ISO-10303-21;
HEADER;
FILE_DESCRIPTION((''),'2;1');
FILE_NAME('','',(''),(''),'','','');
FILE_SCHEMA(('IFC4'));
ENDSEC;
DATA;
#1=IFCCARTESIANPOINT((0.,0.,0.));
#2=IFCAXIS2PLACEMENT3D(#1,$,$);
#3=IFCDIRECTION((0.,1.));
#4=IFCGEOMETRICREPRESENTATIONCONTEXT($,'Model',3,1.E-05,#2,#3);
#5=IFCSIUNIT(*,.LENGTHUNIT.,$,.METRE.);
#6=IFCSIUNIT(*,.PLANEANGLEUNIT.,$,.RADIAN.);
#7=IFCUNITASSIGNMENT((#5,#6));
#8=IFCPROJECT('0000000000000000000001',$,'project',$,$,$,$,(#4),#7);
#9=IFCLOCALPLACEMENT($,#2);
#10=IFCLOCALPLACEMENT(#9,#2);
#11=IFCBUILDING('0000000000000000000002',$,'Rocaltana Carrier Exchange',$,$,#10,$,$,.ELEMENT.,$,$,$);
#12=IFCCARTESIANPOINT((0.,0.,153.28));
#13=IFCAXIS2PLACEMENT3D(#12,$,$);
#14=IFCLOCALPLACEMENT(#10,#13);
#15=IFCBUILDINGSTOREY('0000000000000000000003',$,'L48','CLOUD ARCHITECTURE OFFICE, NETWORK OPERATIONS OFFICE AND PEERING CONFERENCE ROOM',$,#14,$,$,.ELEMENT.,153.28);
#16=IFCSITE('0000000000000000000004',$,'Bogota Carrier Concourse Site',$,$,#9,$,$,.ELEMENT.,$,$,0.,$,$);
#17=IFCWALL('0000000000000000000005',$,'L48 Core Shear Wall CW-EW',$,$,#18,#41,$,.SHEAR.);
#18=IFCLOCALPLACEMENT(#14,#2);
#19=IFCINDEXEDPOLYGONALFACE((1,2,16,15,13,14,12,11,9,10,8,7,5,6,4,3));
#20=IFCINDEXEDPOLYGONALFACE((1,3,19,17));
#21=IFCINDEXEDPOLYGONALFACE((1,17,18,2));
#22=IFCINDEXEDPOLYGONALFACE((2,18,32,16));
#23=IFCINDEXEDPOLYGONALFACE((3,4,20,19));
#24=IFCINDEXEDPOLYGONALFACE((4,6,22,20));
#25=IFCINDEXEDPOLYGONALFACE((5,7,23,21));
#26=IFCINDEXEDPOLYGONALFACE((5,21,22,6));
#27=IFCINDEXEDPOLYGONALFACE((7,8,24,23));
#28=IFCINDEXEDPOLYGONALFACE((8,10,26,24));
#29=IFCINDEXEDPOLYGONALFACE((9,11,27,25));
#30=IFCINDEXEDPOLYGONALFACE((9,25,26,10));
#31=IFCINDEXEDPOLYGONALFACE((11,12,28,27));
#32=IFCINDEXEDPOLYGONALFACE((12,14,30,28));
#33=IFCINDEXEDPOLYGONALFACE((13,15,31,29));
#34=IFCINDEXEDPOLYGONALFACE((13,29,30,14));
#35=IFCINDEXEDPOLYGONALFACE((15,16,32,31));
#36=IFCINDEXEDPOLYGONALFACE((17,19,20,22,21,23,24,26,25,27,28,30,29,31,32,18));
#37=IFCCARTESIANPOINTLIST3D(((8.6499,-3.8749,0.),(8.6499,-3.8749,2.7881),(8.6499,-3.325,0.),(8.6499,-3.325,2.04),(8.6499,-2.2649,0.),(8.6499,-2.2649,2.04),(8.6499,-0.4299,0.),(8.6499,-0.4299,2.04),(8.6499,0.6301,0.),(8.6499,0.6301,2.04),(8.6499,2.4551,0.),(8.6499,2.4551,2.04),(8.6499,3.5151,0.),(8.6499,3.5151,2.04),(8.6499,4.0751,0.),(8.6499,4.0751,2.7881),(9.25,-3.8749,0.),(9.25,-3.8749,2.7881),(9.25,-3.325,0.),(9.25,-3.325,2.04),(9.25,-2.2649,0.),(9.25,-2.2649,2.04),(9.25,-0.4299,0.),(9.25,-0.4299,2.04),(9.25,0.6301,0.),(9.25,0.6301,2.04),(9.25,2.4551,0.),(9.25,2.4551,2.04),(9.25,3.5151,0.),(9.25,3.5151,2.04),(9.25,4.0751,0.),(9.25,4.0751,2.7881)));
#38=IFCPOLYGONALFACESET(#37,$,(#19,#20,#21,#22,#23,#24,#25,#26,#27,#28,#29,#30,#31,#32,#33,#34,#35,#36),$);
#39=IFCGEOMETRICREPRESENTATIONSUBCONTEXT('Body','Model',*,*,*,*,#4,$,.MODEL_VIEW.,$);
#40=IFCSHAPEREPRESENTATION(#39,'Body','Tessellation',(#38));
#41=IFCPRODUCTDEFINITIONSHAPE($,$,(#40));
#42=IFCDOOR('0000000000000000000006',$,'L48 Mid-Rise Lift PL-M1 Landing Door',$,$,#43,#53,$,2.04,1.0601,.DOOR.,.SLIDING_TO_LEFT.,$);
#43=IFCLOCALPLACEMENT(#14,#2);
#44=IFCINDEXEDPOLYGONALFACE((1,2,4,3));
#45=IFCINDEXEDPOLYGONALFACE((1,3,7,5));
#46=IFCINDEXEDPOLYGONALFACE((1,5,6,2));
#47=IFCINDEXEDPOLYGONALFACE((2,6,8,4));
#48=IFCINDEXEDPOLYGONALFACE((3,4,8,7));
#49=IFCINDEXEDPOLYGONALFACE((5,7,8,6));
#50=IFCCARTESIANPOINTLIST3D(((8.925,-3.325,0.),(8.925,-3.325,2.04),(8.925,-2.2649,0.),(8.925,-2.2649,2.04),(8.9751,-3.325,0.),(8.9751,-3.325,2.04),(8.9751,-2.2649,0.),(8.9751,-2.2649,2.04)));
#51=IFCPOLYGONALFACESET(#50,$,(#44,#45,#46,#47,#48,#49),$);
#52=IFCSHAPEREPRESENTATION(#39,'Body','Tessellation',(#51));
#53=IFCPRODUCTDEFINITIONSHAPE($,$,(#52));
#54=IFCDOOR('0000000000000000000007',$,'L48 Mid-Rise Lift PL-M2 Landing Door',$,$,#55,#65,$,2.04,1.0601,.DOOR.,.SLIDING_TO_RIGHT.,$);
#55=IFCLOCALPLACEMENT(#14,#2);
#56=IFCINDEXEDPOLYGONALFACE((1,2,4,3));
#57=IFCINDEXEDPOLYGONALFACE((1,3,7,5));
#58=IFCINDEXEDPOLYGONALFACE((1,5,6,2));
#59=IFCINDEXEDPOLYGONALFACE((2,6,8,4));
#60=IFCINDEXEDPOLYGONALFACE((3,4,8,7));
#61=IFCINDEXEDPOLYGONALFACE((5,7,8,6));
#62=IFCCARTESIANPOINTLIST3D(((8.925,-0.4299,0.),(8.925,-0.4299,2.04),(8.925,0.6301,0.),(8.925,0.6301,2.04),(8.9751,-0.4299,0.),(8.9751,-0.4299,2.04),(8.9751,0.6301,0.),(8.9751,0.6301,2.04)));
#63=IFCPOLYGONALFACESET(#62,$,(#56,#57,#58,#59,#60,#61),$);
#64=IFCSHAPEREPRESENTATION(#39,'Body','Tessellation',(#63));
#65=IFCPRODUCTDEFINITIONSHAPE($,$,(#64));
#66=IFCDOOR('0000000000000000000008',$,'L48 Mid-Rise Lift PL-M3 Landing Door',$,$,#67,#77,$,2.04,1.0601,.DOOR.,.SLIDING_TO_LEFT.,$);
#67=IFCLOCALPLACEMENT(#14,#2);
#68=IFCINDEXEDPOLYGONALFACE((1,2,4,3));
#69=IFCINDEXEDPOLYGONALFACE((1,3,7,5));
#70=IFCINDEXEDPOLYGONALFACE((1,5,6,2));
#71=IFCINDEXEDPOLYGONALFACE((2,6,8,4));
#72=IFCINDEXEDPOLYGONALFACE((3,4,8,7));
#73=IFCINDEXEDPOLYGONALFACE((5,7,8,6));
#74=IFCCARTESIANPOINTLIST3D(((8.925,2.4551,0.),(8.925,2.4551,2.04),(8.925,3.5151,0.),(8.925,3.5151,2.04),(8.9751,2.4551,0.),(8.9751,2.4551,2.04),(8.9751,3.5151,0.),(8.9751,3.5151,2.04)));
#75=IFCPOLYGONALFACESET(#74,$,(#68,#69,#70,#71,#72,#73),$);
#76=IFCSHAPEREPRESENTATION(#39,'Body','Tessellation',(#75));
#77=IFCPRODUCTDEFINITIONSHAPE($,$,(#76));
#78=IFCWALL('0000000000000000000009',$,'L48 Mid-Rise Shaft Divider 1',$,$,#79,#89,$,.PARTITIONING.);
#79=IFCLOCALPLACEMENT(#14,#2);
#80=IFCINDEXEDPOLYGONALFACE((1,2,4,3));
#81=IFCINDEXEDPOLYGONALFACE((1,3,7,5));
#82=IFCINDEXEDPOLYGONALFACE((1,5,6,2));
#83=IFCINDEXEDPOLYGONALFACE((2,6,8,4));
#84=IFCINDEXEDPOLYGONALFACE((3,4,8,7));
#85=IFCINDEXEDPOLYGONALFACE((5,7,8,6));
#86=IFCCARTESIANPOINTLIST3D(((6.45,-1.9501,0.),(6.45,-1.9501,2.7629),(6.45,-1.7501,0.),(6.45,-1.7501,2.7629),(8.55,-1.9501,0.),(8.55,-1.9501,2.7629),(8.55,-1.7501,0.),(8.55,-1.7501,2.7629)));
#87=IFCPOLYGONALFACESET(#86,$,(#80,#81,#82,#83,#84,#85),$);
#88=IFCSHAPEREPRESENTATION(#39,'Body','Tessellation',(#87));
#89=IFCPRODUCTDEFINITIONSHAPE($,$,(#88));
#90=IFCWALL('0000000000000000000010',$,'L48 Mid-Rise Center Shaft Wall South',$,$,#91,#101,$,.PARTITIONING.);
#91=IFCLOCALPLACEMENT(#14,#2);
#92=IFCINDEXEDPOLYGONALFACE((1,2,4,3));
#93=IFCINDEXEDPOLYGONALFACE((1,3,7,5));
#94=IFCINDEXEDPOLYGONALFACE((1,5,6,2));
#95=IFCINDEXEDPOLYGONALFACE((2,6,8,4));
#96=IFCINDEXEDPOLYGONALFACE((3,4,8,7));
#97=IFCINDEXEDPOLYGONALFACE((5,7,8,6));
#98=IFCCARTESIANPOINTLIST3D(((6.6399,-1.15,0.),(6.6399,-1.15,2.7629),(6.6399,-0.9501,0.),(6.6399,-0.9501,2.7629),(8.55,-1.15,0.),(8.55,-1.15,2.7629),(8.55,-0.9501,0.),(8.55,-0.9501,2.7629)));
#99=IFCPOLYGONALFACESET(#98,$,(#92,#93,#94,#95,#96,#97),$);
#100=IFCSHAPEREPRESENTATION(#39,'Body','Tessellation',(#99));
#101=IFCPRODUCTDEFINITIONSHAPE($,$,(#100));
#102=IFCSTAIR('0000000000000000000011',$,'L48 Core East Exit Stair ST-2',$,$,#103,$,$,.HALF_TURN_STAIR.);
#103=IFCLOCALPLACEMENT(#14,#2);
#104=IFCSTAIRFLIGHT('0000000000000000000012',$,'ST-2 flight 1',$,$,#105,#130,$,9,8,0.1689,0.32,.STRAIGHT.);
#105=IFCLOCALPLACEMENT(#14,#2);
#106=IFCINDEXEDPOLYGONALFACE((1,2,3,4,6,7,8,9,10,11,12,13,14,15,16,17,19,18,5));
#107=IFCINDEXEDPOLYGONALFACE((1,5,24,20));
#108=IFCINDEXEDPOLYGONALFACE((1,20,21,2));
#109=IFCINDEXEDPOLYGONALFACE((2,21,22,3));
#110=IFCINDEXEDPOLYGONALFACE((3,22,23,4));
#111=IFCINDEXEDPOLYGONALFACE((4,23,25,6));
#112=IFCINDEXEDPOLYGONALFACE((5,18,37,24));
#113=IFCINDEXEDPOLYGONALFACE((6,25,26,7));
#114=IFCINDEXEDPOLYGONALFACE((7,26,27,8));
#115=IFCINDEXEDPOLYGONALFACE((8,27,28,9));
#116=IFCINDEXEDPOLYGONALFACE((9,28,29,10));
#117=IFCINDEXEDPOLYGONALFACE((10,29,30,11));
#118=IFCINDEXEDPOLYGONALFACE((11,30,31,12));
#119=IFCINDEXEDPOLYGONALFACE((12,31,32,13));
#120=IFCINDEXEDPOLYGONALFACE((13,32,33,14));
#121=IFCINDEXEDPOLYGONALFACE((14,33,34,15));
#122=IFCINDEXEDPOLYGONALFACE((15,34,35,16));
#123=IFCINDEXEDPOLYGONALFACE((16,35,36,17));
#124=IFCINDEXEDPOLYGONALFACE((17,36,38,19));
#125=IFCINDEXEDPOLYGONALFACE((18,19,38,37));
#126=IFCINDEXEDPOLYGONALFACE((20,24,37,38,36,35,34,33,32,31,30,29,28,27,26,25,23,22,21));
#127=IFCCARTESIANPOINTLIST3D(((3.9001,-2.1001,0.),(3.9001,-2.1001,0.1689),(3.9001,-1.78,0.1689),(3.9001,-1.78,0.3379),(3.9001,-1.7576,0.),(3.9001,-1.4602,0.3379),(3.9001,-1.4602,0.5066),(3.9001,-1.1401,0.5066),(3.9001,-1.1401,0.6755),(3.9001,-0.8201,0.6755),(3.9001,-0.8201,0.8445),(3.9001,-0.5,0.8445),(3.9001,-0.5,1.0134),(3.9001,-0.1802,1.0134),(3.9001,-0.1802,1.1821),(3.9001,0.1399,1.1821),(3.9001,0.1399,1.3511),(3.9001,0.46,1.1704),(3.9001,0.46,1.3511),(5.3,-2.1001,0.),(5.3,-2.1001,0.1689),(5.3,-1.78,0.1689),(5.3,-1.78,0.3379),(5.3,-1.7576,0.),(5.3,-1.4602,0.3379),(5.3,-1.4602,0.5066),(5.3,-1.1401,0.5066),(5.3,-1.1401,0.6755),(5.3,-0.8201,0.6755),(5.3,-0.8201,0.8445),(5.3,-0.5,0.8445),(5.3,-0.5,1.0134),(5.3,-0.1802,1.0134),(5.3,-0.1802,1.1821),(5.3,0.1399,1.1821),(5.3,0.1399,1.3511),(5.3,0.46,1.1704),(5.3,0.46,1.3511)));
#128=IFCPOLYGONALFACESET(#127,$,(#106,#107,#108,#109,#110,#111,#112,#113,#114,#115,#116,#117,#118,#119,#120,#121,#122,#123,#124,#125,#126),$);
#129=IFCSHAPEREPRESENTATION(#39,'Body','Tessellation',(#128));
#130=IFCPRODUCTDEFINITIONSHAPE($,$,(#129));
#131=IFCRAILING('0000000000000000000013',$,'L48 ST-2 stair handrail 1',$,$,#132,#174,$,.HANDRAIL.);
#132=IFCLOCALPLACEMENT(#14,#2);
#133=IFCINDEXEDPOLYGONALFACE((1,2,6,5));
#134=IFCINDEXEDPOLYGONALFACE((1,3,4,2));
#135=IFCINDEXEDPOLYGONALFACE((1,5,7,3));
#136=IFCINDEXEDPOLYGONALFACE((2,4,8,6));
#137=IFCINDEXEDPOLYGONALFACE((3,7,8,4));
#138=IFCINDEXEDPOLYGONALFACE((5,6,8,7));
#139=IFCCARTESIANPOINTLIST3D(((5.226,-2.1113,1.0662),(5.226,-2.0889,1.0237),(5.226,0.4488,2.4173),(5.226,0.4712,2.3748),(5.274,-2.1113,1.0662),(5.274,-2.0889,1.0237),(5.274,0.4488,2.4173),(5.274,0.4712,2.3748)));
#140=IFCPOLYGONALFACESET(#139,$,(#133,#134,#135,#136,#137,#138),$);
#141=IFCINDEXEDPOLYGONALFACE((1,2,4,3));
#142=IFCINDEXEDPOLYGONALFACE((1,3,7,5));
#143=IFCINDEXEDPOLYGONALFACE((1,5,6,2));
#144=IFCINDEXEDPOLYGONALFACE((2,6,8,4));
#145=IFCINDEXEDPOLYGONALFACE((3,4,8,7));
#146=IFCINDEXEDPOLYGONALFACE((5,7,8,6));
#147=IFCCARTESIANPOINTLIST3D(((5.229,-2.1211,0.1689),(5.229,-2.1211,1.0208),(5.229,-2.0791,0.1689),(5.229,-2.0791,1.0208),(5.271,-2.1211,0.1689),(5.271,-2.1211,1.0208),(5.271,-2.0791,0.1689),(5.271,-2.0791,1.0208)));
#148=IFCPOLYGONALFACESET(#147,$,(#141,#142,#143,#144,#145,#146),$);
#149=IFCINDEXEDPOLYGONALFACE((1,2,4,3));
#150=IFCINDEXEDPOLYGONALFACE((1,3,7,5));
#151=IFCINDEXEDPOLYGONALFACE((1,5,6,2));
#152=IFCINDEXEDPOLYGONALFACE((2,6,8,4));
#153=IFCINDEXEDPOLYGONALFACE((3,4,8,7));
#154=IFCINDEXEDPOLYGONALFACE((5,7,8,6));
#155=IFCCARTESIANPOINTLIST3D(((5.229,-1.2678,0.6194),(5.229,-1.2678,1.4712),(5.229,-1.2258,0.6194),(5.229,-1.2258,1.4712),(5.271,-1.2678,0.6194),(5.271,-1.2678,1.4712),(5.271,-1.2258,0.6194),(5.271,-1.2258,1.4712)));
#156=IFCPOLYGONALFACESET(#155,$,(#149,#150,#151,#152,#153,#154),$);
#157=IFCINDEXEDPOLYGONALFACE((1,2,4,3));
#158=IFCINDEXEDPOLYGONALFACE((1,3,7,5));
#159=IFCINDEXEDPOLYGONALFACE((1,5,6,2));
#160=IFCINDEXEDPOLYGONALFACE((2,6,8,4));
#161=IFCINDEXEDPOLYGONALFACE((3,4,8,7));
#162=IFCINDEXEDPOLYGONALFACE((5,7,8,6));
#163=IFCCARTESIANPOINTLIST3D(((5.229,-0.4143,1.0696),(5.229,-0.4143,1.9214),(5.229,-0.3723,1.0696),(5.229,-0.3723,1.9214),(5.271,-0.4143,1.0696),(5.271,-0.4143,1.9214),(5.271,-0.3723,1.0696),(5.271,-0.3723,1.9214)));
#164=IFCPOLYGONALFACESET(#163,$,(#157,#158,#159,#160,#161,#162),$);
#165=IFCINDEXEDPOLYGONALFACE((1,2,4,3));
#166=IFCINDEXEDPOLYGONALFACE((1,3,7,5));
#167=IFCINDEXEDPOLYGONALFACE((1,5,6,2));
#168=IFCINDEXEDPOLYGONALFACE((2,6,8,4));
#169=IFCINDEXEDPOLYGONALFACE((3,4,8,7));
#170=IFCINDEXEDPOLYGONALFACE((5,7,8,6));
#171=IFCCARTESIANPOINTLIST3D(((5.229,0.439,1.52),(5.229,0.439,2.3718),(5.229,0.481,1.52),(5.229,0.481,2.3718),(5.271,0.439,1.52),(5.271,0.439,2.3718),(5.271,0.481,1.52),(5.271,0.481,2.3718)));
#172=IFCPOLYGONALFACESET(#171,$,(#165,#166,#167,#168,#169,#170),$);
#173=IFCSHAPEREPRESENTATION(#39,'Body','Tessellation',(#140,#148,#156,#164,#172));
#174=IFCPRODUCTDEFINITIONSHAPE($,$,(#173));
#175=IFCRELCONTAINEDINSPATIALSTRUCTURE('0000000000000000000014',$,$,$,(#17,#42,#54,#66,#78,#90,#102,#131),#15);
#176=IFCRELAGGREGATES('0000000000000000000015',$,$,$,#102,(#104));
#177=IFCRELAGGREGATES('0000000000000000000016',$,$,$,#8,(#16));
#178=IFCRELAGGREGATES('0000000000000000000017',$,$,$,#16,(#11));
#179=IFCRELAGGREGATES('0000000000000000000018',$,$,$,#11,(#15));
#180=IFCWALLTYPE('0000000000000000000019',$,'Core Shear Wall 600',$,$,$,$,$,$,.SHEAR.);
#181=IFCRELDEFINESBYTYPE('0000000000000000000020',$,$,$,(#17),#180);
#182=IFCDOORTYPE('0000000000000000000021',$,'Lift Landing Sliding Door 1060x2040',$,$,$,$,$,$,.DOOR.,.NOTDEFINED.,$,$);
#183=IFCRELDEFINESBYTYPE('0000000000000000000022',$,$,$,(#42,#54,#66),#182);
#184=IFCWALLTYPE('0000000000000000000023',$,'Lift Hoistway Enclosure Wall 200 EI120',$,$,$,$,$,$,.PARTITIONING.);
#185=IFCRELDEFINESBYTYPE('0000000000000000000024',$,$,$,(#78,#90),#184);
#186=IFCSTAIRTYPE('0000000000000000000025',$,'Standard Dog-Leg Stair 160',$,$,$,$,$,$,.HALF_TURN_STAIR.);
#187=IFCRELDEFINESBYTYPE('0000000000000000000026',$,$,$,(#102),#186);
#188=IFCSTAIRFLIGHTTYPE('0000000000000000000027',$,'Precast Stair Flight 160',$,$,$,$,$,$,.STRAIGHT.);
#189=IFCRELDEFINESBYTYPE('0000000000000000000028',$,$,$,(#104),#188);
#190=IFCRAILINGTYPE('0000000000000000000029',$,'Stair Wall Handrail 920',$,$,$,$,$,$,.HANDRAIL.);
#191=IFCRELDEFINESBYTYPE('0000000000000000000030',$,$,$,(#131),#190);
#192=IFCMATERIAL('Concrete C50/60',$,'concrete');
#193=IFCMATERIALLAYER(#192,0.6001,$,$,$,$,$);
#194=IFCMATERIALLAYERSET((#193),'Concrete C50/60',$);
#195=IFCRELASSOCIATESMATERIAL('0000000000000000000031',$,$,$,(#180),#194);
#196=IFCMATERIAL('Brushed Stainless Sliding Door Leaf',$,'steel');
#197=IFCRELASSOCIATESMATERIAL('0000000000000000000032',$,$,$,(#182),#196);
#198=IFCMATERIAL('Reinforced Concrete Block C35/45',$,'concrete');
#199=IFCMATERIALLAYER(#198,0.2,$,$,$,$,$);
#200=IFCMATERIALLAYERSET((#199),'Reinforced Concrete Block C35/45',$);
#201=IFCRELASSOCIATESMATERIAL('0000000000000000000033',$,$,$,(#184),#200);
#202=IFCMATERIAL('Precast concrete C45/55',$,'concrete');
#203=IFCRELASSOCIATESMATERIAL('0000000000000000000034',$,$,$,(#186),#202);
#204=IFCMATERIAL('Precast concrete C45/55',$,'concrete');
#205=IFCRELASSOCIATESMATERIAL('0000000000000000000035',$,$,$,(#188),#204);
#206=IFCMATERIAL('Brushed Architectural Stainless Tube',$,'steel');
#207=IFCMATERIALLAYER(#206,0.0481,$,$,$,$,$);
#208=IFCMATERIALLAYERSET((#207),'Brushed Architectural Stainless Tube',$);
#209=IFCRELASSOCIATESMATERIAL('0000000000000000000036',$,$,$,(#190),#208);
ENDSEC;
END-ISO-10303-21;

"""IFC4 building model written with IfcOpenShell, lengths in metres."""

from ifc_helpers import new_model, si_unit, direction, frame, frame_2d, origin, origin_2d, place, context, subcontext, project, spatial, polyline, rectangle, outline, extrude, material, layer, layer_set, type_object, element, fill, aggregate, save


model = new_model("IFC4")

# Units and contexts
model_context = context("Model", 3, precision=1e-05, world=origin(), true_north=direction((0.0, 1.0)))
body_context = subcontext(model_context, "Body", "Model", "MODEL_VIEW")
ifc_project = project(units=[si_unit("LENGTHUNIT", "METRE"), si_unit("PLANEANGLEUNIT", "RADIAN")], contexts=[model_context])

# Site, building, storey
site_placement = place(None, origin())
site = spatial("IfcSite", under=ifc_project, at=site_placement, Name="Bogota Carrier Concourse Site", CompositionType="ELEMENT", RefElevation=0.0)
building_placement = place(site_placement, origin())
building = spatial("IfcBuilding", under=site, at=building_placement, Name="Rocaltana Carrier Exchange", CompositionType="ELEMENT")
storey_placement = place(building_placement, frame((0.0, 0.0, 153.28)))
storey = spatial("IfcBuildingStorey", under=building, at=storey_placement, Name="L48", Description="CLOUD ARCHITECTURE OFFICE, NETWORK OPERATIONS OFFICE AND PEERING CONFERENCE ROOM", CompositionType="ELEMENT", Elevation=153.28)

# Shared definitions
ifc_material_1 = material(Name="Concrete C50/60", Category="concrete")
ifc_layer_1 = layer(ifc_material_1, 0.6001)
ifc_layer_set_1 = layer_set([ifc_layer_1], Name="Concrete C50/60")
wall_type_1 = type_object("IfcWallType", Name="Core Shear Wall 600", PredefinedType="SHEAR", material=ifc_layer_set_1)

# Wall, openings, doors
wall_1_placement = place(storey_placement, frame((8.95, -3.875, 0.0), z_axis=(0.0, 0.0, 1.0), x_axis=(0.0, 1.0, 0.0)))
wall_1 = element("IfcWall", 1, at=wall_1_placement, inside=storey, type_object=wall_type_1, Name="L48 Core Shear Wall CW-EW", PredefinedType="SHEAR", context=body_context, shape_type="SweptSolid", body=[
    extrude(rectangle(XDim=7.95, YDim=0.6001, at=frame_2d((3.9751, 0.0))), origin(), (0.0, 0.0, 1.0), 2.7881),
])
opening_1_placement = place(wall_1_placement, frame((0.55, 0.0, 0.0)))
opening_1 = element("IfcOpeningElement", 2, at=opening_1_placement, cuts=wall_1, PredefinedType="OPENING", context=body_context, shape_type="SweptSolid", body=[
    extrude(rectangle(XDim=1.0601, YDim=2.04, at=frame_2d((0.53, 1.02))), frame((0.0, 0.3101, 0.0), z_axis=(0.0, -1.0, 0.0), x_axis=(1.0, 0.0, 0.0)), (0.0, 0.0, 1.0), 0.6201),
])
opening_2_placement = place(wall_1_placement, frame((3.4451, 0.0, 0.0)))
opening_2 = element("IfcOpeningElement", 3, at=opening_2_placement, cuts=wall_1, PredefinedType="OPENING", context=body_context, shape_type="SweptSolid", body=[
    extrude(rectangle(XDim=1.0601, YDim=2.04, at=frame_2d((0.53, 1.02))), frame((0.0, 0.3101, 0.0), z_axis=(0.0, -1.0, 0.0), x_axis=(1.0, 0.0, 0.0)), (0.0, 0.0, 1.0), 0.6201),
])
opening_3_placement = place(wall_1_placement, frame((6.3301, 0.0, 0.0)))
opening_3 = element("IfcOpeningElement", 4, at=opening_3_placement, cuts=wall_1, PredefinedType="OPENING", context=body_context, shape_type="SweptSolid", body=[
    extrude(rectangle(XDim=1.0601, YDim=2.04, at=frame_2d((0.53, 1.02))), frame((0.0, 0.3101, 0.0), z_axis=(0.0, -1.0, 0.0), x_axis=(1.0, 0.0, 0.0)), (0.0, 0.0, 1.0), 0.6201),
])
ifc_material_2 = material(Name="Brushed Stainless Sliding Door Leaf", Category="steel")
door_type = type_object("IfcDoorType", Name="Lift Landing Sliding Door 1060x2040", OperationType="NOTDEFINED", PredefinedType="DOOR", material=ifc_material_2)
door_1_placement = place(opening_1_placement, origin())
door_1 = element("IfcDoor", 5, at=door_1_placement, inside=storey, type_object=door_type, Name="L48 Mid-Rise Lift PL-M1 Landing Door", OperationType="SLIDING_TO_LEFT", OverallHeight=2.04, OverallWidth=1.0601, PredefinedType="DOOR", context=body_context, shape_type="SweptSolid", body=[
    extrude(rectangle(XDim=1.0601, YDim=2.04, at=frame_2d((0.53, 1.02))), frame((0.0, 0.0249, 0.0), z_axis=(0.0, -1.0, 0.0), x_axis=(1.0, 0.0, 0.0)), (0.0, 0.0, 1.0), 0.05),
])
fill(opening_1, door_1)
door_2_placement = place(opening_2_placement, origin())
door_2 = element("IfcDoor", 6, at=door_2_placement, inside=storey, type_object=door_type, Name="L48 Mid-Rise Lift PL-M2 Landing Door", OperationType="SLIDING_TO_RIGHT", OverallHeight=2.04, OverallWidth=1.0601, PredefinedType="DOOR", context=body_context, shape_type="SweptSolid", body=[
    extrude(rectangle(XDim=1.0601, YDim=2.04, at=frame_2d((0.53, 1.02))), frame((0.0, 0.0249, 0.0), z_axis=(0.0, -1.0, 0.0), x_axis=(1.0, 0.0, 0.0)), (0.0, 0.0, 1.0), 0.05),
])
fill(opening_2, door_2)
door_3_placement = place(opening_3_placement, origin())
door_3 = element("IfcDoor", 7, at=door_3_placement, inside=storey, type_object=door_type, Name="L48 Mid-Rise Lift PL-M3 Landing Door", OperationType="SLIDING_TO_LEFT", OverallHeight=2.04, OverallWidth=1.0601, PredefinedType="DOOR", context=body_context, shape_type="SweptSolid", body=[
    extrude(rectangle(XDim=1.0601, YDim=2.04, at=frame_2d((0.53, 1.02))), frame((0.0, 0.0249, 0.0), z_axis=(0.0, -1.0, 0.0), x_axis=(1.0, 0.0, 0.0)), (0.0, 0.0, 1.0), 0.05),
])
fill(opening_3, door_3)

# Walls
ifc_material_3 = material(Name="Reinforced Concrete Block C35/45", Category="concrete")
ifc_layer_2 = layer(ifc_material_3, 0.2)
ifc_layer_set_2 = layer_set([ifc_layer_2], Name="Reinforced Concrete Block C35/45")
wall_type_2 = type_object("IfcWallType", Name="Lift Hoistway Enclosure Wall 200 EI120", PredefinedType="PARTITIONING", material=ifc_layer_set_2)
wall_2_placement = place(storey_placement, frame((6.45, -1.8501, 0.0), z_axis=(0.0, 0.0, 1.0), x_axis=(1.0, 0.0, 0.0)))
element("IfcWall", 8, at=wall_2_placement, inside=storey, type_object=wall_type_2, Name="L48 Mid-Rise Shaft Divider 1", PredefinedType="PARTITIONING", context=body_context, shape_type="SweptSolid", body=[
    extrude(rectangle(XDim=2.1001, YDim=0.2, at=frame_2d((1.05, 0.0))), origin(), (0.0, 0.0, 1.0), 2.7629),
])
wall_3_placement = place(storey_placement, frame((6.6399, -1.05, 0.0), z_axis=(0.0, 0.0, 1.0), x_axis=(1.0, 0.0, 0.0)))
element("IfcWall", 9, at=wall_3_placement, inside=storey, type_object=wall_type_2, Name="L48 Mid-Rise Center Shaft Wall South", PredefinedType="PARTITIONING", context=body_context, shape_type="SweptSolid", body=[
    extrude(rectangle(XDim=1.9102, YDim=0.2, at=frame_2d((0.9551, 0.0))), origin(), (0.0, 0.0, 1.0), 2.7629),
])

# Stair, stair flight
ifc_material_4 = material(Name="Precast concrete C45/55", Category="concrete")
stair_type = type_object("IfcStairType", Name="Standard Dog-Leg Stair 160", PredefinedType="HALF_TURN_STAIR", material=ifc_material_4)
stair_placement = place(storey_placement, origin())
stair = element("IfcStair", 10, at=stair_placement, inside=storey, type_object=stair_type, Name="L48 Core East Exit Stair ST-2", PredefinedType="HALF_TURN_STAIR")
ifc_material_5 = material(Name="Precast concrete C45/55", Category="concrete")
stair_flight_type = type_object("IfcStairFlightType", Name="Precast Stair Flight 160", PredefinedType="STRAIGHT", material=ifc_material_5)
stair_flight_placement = place(storey_placement, frame((4.6001, -2.1001, 0.0), z_axis=(0.0, 0.0, 1.0), x_axis=(0.0, 1.0, 0.0)))
stair_flight = element("IfcStairFlight", 11, at=stair_flight_placement, type_object=stair_flight_type, Name="ST-2 flight 1", NumberOfRisers=9, NumberOfTreads=8, PredefinedType="STRAIGHT", RiserHeight=0.1689, TreadLength=0.32, context=body_context, shape_type="SweptSolid", body=[
    extrude(outline(polyline([(0.0, 0.0), (0.0, 0.1689), (0.3201, 0.1689), (0.3201, 0.3379), (0.6399, 0.3379), (0.6399, 0.5066), (0.96, 0.5066), (0.96, 0.6755), (1.28, 0.6755), (1.28, 0.8445), (1.6001, 0.8445), (1.6001, 1.0134), (1.9199, 1.0134), (1.9199, 1.1821), (2.24, 1.1821), (2.24, 1.3511), (2.5601, 1.3511), (2.5601, 1.52), (2.5601, 1.1704), (0.3425, 0.0), (0.0, 0.0)])), frame((0.0, 0.7, 0.0), z_axis=(0.0, -1.0, 0.0), x_axis=(1.0, 0.0, 0.0)), (0.0, 0.0, 1.0), 1.3999),
])
aggregate(stair, [stair_flight])

# Railing
ifc_material_6 = material(Name="Brushed Architectural Stainless Tube", Category="steel")
ifc_layer_3 = layer(ifc_material_6, 0.0481)
ifc_layer_set_3 = layer_set([ifc_layer_3], Name="Brushed Architectural Stainless Tube")
railing_type_1 = type_object("IfcRailingType", Name="Stair Wall Handrail 920", PredefinedType="HANDRAIL", material=ifc_layer_set_3)
railing_1_placement = place(storey_placement, frame((5.25, -2.1001, 0.1689)))
element("IfcRailing", 12, at=railing_1_placement, inside=storey, type_object=railing_type_1, Name="L48 ST-2 stair handrail 1", PredefinedType="HANDRAIL", context=body_context, shape_type="SweptSolid", body=[
    extrude(rectangle(XDim=0.0481, YDim=0.0481, at=origin_2d()), frame((0.0, 0.0, 0.876), z_axis=(0.0, 0.884394, 0.46674), x_axis=(-1.0, 0.0, 0.0)), (0.0, 0.0, 1.0), 2.8948),
    extrude(rectangle(XDim=0.042, YDim=0.042, at=origin_2d()), origin(), (0.0, 0.0, 1.0), 0.8518),
    extrude(rectangle(XDim=0.042, YDim=0.042, at=origin_2d()), frame((0.0, 0.8533, 0.4504)), (0.0, 0.0, 1.0), 0.8518),
    extrude(rectangle(XDim=0.042, YDim=0.042, at=origin_2d()), frame((0.0, 1.7068, 0.9006)), (0.0, 0.0, 1.0), 0.8518),
    extrude(rectangle(XDim=0.042, YDim=0.042, at=origin_2d()), frame((0.0, 2.5601, 1.3511)), (0.0, 0.0, 1.0), 0.8518),
])

save(model, "model.ifc")
